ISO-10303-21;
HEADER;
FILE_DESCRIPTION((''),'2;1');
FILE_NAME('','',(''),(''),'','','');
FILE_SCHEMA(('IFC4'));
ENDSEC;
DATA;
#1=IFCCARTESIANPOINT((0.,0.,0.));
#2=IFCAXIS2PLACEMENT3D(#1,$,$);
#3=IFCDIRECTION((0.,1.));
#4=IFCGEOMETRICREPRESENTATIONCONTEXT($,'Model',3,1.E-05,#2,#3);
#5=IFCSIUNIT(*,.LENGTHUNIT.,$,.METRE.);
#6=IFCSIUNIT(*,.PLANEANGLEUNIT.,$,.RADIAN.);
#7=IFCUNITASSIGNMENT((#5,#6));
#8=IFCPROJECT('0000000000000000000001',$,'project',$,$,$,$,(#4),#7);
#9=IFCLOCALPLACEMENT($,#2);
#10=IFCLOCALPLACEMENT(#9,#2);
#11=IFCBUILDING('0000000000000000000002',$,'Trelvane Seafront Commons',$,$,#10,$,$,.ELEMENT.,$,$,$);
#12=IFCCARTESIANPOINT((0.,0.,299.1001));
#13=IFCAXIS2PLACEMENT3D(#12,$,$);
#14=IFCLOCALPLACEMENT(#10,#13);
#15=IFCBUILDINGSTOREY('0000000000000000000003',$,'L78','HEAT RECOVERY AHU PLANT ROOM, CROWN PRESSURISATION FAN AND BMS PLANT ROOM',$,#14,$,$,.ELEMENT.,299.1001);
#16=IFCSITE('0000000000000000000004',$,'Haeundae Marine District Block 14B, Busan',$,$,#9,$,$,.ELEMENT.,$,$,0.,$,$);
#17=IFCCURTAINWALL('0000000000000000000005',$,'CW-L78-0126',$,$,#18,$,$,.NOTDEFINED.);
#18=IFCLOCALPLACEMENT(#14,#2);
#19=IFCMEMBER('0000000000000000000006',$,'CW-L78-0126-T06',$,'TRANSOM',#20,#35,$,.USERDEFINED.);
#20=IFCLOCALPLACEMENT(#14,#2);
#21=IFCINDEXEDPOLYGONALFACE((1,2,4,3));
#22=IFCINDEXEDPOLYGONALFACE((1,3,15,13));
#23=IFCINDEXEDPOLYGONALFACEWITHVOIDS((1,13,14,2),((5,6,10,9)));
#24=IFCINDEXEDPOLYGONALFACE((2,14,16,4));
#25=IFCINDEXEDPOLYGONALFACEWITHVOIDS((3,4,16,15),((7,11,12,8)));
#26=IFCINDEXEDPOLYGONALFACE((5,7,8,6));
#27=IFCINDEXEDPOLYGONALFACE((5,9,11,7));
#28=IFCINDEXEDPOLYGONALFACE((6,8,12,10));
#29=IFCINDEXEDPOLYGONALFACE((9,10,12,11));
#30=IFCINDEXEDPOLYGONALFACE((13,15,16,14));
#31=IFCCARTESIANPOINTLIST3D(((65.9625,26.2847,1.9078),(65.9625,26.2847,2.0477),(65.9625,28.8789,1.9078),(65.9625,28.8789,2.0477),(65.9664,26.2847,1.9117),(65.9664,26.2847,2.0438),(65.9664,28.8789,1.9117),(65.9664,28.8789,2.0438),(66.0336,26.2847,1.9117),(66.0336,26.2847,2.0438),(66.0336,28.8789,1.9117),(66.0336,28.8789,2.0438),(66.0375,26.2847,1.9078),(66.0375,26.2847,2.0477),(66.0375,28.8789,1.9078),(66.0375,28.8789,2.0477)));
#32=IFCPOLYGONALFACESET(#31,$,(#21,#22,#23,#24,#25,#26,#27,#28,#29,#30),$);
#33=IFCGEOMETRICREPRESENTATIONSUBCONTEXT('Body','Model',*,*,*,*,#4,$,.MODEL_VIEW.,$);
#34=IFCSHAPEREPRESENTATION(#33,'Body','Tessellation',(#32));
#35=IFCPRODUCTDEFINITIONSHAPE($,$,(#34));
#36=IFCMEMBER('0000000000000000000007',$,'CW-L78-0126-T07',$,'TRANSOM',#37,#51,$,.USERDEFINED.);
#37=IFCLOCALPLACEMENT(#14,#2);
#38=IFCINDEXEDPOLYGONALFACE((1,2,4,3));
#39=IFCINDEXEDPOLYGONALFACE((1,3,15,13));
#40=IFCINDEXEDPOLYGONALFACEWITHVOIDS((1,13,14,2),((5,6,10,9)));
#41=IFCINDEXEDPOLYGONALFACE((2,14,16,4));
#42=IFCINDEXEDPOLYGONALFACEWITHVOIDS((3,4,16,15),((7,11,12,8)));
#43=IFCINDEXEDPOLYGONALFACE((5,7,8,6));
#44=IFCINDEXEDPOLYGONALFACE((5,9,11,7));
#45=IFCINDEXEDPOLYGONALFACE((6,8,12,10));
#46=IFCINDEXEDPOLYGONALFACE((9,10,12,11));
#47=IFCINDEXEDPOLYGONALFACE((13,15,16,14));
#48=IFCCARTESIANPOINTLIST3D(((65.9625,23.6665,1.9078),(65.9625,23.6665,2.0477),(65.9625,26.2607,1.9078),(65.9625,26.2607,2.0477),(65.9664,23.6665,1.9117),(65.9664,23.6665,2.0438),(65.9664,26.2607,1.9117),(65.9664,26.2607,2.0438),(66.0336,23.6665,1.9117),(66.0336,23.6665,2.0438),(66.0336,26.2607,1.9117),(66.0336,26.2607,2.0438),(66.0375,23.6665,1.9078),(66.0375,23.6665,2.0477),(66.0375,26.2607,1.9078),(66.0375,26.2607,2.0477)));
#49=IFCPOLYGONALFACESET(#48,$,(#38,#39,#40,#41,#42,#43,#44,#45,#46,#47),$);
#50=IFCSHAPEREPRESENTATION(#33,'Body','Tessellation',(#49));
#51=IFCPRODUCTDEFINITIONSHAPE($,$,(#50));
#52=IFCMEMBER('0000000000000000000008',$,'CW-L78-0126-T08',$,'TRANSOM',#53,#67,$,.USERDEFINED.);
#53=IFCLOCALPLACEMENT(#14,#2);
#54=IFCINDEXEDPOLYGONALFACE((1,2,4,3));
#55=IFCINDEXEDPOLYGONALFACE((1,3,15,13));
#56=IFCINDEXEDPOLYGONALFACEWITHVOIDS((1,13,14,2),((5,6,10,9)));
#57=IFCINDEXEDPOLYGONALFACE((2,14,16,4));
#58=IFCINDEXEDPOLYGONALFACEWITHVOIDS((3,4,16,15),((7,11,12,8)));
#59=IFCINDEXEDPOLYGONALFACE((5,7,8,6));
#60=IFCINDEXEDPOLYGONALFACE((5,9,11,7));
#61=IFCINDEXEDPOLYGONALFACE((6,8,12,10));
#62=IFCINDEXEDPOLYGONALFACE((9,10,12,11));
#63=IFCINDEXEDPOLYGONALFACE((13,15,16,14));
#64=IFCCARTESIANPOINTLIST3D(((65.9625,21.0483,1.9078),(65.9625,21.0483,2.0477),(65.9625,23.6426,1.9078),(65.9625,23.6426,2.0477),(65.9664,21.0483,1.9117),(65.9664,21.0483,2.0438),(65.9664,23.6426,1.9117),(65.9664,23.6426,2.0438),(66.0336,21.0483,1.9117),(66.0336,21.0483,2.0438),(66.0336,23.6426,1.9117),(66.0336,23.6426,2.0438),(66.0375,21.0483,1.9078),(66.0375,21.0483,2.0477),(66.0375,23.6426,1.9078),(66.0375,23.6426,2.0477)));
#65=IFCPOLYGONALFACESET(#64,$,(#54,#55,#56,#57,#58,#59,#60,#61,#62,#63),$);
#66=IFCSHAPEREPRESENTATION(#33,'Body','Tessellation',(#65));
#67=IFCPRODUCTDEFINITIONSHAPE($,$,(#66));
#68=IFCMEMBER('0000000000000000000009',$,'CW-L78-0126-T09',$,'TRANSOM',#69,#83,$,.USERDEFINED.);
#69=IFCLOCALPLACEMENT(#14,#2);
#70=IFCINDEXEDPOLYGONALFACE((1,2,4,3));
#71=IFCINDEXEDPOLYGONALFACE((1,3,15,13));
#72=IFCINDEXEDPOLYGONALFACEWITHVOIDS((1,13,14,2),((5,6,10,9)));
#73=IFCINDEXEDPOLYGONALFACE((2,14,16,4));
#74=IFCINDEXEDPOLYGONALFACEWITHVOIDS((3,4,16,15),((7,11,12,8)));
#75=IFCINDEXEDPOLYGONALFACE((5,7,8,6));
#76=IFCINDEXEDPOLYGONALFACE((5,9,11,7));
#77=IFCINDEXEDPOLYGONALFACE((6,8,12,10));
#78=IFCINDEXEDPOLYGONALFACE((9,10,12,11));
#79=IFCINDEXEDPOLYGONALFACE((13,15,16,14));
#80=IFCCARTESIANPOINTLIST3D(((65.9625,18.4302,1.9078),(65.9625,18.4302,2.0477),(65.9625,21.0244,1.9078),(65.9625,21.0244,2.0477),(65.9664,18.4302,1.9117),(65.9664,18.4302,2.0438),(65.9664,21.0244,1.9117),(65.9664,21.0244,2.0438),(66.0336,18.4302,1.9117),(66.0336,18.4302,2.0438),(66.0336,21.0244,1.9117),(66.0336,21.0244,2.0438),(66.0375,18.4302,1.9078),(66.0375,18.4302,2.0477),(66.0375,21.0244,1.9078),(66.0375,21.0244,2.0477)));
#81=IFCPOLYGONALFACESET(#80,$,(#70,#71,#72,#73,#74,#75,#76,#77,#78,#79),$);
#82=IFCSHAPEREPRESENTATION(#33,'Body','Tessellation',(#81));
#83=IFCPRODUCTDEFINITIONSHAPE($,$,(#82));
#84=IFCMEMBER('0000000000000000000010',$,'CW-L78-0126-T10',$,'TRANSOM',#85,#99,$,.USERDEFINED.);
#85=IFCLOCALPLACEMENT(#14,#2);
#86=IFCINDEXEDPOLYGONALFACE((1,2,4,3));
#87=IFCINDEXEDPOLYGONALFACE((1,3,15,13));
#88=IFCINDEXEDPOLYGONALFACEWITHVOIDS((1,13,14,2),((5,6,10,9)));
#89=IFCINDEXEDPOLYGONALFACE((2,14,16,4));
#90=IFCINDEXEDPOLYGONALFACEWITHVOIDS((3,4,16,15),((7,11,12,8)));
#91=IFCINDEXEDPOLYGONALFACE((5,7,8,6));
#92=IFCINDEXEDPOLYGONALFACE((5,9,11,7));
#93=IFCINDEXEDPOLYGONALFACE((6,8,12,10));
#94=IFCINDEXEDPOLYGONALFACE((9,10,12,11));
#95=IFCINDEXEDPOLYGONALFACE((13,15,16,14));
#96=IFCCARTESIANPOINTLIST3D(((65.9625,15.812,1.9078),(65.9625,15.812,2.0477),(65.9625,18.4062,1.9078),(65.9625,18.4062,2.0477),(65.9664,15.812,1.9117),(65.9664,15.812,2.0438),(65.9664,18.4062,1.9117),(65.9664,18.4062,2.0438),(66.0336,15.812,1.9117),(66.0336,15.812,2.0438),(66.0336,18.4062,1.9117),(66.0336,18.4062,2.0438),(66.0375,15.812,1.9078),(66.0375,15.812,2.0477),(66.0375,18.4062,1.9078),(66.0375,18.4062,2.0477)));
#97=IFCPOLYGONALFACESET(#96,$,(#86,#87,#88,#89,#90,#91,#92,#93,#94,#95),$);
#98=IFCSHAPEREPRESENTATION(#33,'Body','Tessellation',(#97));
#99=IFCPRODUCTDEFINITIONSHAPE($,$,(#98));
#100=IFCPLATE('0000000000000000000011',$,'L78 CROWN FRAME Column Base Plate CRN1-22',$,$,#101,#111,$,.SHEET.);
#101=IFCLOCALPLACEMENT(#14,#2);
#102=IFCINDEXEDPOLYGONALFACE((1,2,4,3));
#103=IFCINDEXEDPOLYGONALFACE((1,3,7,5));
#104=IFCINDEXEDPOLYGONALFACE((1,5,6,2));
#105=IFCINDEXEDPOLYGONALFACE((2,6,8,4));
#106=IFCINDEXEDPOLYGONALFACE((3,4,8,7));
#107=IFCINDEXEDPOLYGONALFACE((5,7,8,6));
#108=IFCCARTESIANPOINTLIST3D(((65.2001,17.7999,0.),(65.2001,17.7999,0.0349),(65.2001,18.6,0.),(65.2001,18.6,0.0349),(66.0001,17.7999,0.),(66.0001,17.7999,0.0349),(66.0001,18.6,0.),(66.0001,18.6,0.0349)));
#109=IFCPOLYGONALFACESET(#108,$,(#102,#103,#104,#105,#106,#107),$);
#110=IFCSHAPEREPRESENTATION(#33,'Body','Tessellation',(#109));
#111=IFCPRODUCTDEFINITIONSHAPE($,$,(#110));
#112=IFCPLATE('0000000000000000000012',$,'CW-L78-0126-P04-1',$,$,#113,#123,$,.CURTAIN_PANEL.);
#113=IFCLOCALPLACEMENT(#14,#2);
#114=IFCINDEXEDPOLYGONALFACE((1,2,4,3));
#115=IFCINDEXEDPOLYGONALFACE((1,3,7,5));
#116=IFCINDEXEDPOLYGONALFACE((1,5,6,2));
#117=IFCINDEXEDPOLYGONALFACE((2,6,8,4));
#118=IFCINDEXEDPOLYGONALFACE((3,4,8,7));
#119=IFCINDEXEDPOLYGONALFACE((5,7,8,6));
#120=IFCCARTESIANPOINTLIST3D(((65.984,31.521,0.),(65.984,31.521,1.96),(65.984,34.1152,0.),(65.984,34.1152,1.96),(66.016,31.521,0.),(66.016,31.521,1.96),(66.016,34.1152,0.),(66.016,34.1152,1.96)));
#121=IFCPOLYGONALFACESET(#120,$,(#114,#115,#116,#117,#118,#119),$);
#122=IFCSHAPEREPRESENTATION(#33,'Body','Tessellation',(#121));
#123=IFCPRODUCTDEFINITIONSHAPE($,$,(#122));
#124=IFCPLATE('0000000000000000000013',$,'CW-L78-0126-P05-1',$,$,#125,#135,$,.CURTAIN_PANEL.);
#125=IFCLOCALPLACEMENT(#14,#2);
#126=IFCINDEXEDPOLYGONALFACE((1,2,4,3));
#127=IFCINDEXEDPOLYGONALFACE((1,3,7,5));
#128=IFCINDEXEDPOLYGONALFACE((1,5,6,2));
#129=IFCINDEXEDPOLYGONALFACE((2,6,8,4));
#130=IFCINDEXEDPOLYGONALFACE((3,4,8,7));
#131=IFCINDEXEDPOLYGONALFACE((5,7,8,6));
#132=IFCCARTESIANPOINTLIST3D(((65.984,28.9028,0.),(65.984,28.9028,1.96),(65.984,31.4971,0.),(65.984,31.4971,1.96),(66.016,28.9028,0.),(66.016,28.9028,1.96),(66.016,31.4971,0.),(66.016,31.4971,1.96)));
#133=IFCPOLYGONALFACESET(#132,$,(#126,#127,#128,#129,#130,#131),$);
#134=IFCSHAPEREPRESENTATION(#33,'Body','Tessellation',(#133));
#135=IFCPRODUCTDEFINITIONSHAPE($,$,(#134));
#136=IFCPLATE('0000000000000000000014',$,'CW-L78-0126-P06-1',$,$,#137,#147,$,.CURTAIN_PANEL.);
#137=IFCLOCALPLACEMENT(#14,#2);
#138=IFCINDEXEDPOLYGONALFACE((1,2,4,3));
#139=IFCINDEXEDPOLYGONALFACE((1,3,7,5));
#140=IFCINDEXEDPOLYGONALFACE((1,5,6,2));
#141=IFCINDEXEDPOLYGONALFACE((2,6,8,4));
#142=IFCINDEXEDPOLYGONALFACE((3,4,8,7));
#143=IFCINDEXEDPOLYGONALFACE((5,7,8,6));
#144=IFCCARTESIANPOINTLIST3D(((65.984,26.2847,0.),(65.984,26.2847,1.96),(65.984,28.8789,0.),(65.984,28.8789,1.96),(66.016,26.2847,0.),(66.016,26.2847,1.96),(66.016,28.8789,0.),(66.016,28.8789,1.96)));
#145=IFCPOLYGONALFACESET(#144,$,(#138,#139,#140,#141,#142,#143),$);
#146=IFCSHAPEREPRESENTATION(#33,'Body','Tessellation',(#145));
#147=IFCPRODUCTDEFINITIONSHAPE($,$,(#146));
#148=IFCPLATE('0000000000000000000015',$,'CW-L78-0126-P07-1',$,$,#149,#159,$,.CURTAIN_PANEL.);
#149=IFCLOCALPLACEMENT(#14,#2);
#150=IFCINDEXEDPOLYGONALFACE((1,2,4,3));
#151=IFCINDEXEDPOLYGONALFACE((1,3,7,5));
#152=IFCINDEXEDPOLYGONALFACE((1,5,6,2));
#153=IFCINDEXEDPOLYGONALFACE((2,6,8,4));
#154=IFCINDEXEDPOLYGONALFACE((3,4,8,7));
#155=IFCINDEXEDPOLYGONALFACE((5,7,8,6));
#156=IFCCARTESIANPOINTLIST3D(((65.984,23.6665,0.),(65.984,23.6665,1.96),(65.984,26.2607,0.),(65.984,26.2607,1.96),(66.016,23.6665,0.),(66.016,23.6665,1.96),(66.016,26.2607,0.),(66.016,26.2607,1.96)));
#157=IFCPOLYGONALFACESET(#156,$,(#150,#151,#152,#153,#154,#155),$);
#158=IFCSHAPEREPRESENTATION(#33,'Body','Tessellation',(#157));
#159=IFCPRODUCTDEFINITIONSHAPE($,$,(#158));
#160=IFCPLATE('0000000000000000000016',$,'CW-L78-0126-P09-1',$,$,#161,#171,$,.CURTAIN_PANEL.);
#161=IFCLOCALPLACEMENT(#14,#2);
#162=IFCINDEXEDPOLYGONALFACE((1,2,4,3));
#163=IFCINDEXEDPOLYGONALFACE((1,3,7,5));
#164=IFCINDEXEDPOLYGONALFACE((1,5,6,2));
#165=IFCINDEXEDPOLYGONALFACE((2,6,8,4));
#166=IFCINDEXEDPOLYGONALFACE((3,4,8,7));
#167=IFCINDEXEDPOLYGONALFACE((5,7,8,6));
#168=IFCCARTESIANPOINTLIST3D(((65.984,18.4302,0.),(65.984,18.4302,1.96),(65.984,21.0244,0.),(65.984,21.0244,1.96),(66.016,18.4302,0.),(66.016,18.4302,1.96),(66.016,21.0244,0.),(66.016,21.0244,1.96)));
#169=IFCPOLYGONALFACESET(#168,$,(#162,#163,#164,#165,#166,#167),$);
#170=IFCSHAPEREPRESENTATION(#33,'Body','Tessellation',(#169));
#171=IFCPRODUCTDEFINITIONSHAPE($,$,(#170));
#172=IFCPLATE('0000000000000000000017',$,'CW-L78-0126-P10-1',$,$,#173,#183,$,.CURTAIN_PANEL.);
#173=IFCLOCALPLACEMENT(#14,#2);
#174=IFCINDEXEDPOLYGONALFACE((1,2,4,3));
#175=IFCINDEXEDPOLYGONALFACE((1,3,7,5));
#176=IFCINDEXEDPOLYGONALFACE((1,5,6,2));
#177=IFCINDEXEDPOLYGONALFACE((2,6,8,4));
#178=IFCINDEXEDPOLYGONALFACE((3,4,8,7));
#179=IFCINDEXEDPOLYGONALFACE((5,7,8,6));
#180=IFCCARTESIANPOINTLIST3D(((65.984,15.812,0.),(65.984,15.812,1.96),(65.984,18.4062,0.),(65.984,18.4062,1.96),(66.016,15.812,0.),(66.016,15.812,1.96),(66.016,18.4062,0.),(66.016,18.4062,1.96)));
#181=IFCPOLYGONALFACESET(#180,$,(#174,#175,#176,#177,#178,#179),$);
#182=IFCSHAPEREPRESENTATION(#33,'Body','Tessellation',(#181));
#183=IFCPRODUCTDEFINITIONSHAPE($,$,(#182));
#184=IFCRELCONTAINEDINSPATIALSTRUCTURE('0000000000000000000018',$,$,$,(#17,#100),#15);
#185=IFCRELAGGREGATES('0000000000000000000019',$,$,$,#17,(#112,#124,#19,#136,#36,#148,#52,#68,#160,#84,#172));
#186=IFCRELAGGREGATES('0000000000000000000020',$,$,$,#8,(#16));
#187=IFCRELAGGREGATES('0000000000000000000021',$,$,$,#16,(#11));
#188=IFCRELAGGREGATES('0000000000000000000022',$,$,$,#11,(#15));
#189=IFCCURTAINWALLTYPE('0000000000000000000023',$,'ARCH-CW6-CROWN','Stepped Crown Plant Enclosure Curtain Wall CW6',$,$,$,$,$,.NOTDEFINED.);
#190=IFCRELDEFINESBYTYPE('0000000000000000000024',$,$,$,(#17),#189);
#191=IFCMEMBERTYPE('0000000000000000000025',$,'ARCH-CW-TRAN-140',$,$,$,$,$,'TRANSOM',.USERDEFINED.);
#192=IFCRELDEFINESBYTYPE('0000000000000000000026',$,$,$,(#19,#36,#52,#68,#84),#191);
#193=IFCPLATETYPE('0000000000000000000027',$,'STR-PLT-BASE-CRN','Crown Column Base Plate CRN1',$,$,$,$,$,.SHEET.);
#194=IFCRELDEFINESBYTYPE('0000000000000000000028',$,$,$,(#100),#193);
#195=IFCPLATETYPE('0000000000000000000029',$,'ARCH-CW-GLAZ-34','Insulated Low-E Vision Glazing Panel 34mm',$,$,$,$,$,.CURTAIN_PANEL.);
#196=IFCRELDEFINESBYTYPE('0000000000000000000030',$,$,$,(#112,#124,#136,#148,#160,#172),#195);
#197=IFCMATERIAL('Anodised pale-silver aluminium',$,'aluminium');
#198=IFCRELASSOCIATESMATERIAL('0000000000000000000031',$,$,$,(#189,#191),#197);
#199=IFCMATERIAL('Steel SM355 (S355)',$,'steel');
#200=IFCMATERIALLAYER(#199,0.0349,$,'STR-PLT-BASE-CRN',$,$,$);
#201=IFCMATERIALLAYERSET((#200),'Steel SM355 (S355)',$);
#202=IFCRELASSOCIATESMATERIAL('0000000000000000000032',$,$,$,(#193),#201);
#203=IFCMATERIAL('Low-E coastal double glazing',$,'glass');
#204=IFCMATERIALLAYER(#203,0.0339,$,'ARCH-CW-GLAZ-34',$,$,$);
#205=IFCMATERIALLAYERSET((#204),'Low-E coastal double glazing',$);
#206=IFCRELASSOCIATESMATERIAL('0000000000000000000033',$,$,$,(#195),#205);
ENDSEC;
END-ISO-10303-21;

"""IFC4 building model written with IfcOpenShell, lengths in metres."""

from ifc_helpers import new_model, si_unit, direction, frame, origin, origin_2d, place, context, subcontext, project, spatial, rectangle, hollow_rectangle, extrude, source, transform, mapped, material, layer, layer_set, material_profile, profile_set, type_object, element, aggregate, save


model = new_model("IFC4")

# Units and contexts
model_context = context("Model", 3, precision=1e-05, world=origin(), true_north=direction((0.0, 1.0)))
body_context = subcontext(model_context, "Body", "Model", "MODEL_VIEW")
ifc_project = project(units=[si_unit("LENGTHUNIT", "METRE"), si_unit("PLANEANGLEUNIT", "RADIAN")], contexts=[model_context])

# Site, building, storey
site_placement = place(None, origin())
site = spatial("IfcSite", under=ifc_project, at=site_placement, Name="Haeundae Marine District Block 14B, Busan", CompositionType="ELEMENT", RefElevation=0.0)
building_placement = place(site_placement, origin())
building = spatial("IfcBuilding", under=site, at=building_placement, Name="Trelvane Seafront Commons", CompositionType="ELEMENT")
storey_placement = place(building_placement, frame((0.0, 0.0, 299.1001)))
storey = spatial("IfcBuildingStorey", under=building, at=storey_placement, Name="L78", Description="HEAT RECOVERY AHU PLANT ROOM, CROWN PRESSURISATION FAN AND BMS PLANT ROOM", CompositionType="ELEMENT", Elevation=299.1001)

# Shared definitions
ifc_material_1 = material(Name="Steel SM355 (S355)", Category="steel")

# Curtain wall, members
ifc_material_2 = material(Name="Anodised pale-silver aluminium", Category="aluminium")
curtain_wall_type = type_object("IfcCurtainWallType", Name="ARCH-CW6-CROWN", Description="Stepped Crown Plant Enclosure Curtain Wall CW6", PredefinedType="NOTDEFINED", material=ifc_material_2)
curtain_wall_placement = place(storey_placement, origin())
curtain_wall = element("IfcCurtainWall", 1, at=curtain_wall_placement, inside=storey, type_object=curtain_wall_type, Name="CW-L78-0126", PredefinedType="NOTDEFINED")
ifc_material_profile_1 = material_profile(ifc_material_2, hollow_rectangle(XDim=0.075, YDim=0.1399, WallThickness=0.0039, at=origin_2d()), Name="TRAN-75x140x4")
ifc_profile_set_1 = profile_set([ifc_material_profile_1], Name="Anodised pale-silver aluminium")
member_type_1 = type_object("IfcMemberType", Name="ARCH-CW-TRAN-140", ElementType="TRANSOM", PredefinedType="USERDEFINED", material=ifc_profile_set_1)
shared_shape_1 = source(origin(), body_context, "Body", "SweptSolid", [
    extrude(hollow_rectangle(XDim=0.075, YDim=0.1399, WallThickness=0.0039, at=origin_2d()), origin(), (0.0, 0.0, 1.0), 2.5942),
])
member_1_placement = place(storey_placement, frame((66.0, 28.8789, 1.9778), z_axis=(0.0, -1.0, 0.0), x_axis=(1.0, 0.0, 0.0)))
member_1 = element("IfcMember", 2, at=member_1_placement, type_object=member_type_1, Name="CW-L78-0126-T06", ObjectType="TRANSOM", PredefinedType="USERDEFINED", context=body_context, shape_type="MappedRepresentation", body=[
    mapped(shared_shape_1, transform((0.0, 0.0, 0.0), x_axis=(1.0, 0.0, 0.0), y_axis=(0.0, 1.0, 0.0), z_axis=(0.0, 0.0, 1.0), scale=1.0)),
])
member_2_placement = place(storey_placement, frame((66.0, 26.2607, 1.9778), z_axis=(0.0, -1.0, 0.0), x_axis=(1.0, 0.0, 0.0)))
member_2 = element("IfcMember", 3, at=member_2_placement, type_object=member_type_1, Name="CW-L78-0126-T07", ObjectType="TRANSOM", PredefinedType="USERDEFINED", context=body_context, shape_type="MappedRepresentation", body=[
    mapped(shared_shape_1, transform((0.0, 0.0, 0.0), x_axis=(1.0, 0.0, 0.0), y_axis=(0.0, 1.0, 0.0), z_axis=(0.0, 0.0, 1.0), scale=1.0)),
])
member_3_placement = place(storey_placement, frame((66.0, 23.6426, 1.9778), z_axis=(0.0, -1.0, 0.0), x_axis=(1.0, 0.0, 0.0)))
member_3 = element("IfcMember", 4, at=member_3_placement, type_object=member_type_1, Name="CW-L78-0126-T08", ObjectType="TRANSOM", PredefinedType="USERDEFINED", context=body_context, shape_type="MappedRepresentation", body=[
    mapped(shared_shape_1, transform((0.0, 0.0, 0.0), x_axis=(1.0, 0.0, 0.0), y_axis=(0.0, 1.0, 0.0), z_axis=(0.0, 0.0, 1.0), scale=1.0)),
])
member_4_placement = place(storey_placement, frame((66.0, 21.0244, 1.9778), z_axis=(0.0, -1.0, 0.0), x_axis=(1.0, 0.0, 0.0)))
member_4 = element("IfcMember", 5, at=member_4_placement, type_object=member_type_1, Name="CW-L78-0126-T09", ObjectType="TRANSOM", PredefinedType="USERDEFINED", context=body_context, shape_type="MappedRepresentation", body=[
    mapped(shared_shape_1, transform((0.0, 0.0, 0.0), x_axis=(1.0, 0.0, 0.0), y_axis=(0.0, 1.0, 0.0), z_axis=(0.0, 0.0, 1.0), scale=1.0)),
])
member_5_placement = place(storey_placement, frame((66.0, 18.4062, 1.9778), z_axis=(0.0, -1.0, 0.0), x_axis=(1.0, 0.0, 0.0)))
member_5 = element("IfcMember", 6, at=member_5_placement, type_object=member_type_1, Name="CW-L78-0126-T10", ObjectType="TRANSOM", PredefinedType="USERDEFINED", context=body_context, shape_type="MappedRepresentation", body=[
    mapped(shared_shape_1, transform((0.0, 0.0, 0.0), x_axis=(1.0, 0.0, 0.0), y_axis=(0.0, 1.0, 0.0), z_axis=(0.0, 0.0, 1.0), scale=1.0)),
])

# Plates
ifc_layer_1 = layer(ifc_material_1, 0.0349, Name="STR-PLT-BASE-CRN")
ifc_layer_set_1 = layer_set([ifc_layer_1], Name="Steel SM355 (S355)")
plate_type_1 = type_object("IfcPlateType", Name="STR-PLT-BASE-CRN", Description="Crown Column Base Plate CRN1", PredefinedType="SHEET", material=ifc_layer_set_1)
shared_shape_2 = source(origin(), body_context, "Body", "SweptSolid", [
    extrude(rectangle(XDim=0.8, YDim=0.8, at=origin_2d()), origin(), (0.0, 0.0, 1.0), 0.0349),
])
plate_1_placement = place(storey_placement, frame((65.6001, 18.2, 0.0), z_axis=(0.0, 0.0, 1.0), x_axis=(1.0, 0.0, 0.0)))
element("IfcPlate", 7, at=plate_1_placement, inside=storey, type_object=plate_type_1, Name="L78 CROWN FRAME Column Base Plate CRN1-22", PredefinedType="SHEET", context=body_context, shape_type="MappedRepresentation", body=[
    mapped(shared_shape_2, transform((0.0, 0.0, 0.0), x_axis=(1.0, 0.0, 0.0), y_axis=(0.0, 1.0, 0.0), z_axis=(0.0, 0.0, 1.0), scale=1.0)),
])
ifc_material_3 = material(Name="Low-E coastal double glazing", Category="glass")
ifc_layer_2 = layer(ifc_material_3, 0.0339, Name="ARCH-CW-GLAZ-34")
ifc_layer_set_2 = layer_set([ifc_layer_2], Name="Low-E coastal double glazing")
plate_type_2 = type_object("IfcPlateType", Name="ARCH-CW-GLAZ-34", Description="Insulated Low-E Vision Glazing Panel 34mm", PredefinedType="CURTAIN_PANEL", material=ifc_layer_set_2)
shared_shape_3 = source(origin(), body_context, "Body", "SweptSolid", [
    extrude(rectangle(XDim=2.5942, YDim=0.032, at=origin_2d()), origin(), (0.0, 0.0, 1.0), 1.96),
])
plate_2_placement = place(storey_placement, frame((66.0, 32.8181, 0.0), z_axis=(0.0, 0.0, 1.0), x_axis=(0.0, -1.0, 0.0)))
plate_2 = element("IfcPlate", 8, at=plate_2_placement, type_object=plate_type_2, Name="CW-L78-0126-P04-1", PredefinedType="CURTAIN_PANEL", context=body_context, shape_type="MappedRepresentation", body=[
    mapped(shared_shape_3, transform((0.0, 0.0, 0.0), x_axis=(1.0, 0.0, 0.0), y_axis=(0.0, 1.0, 0.0), z_axis=(0.0, 0.0, 1.0), scale=1.0)),
])
plate_3_placement = place(storey_placement, frame((66.0, 30.2, 0.0), z_axis=(0.0, 0.0, 1.0), x_axis=(0.0, -1.0, 0.0)))
plate_3 = element("IfcPlate", 9, at=plate_3_placement, type_object=plate_type_2, Name="CW-L78-0126-P05-1", PredefinedType="CURTAIN_PANEL", context=body_context, shape_type="MappedRepresentation", body=[
    mapped(shared_shape_3, transform((0.0, 0.0, 0.0), x_axis=(1.0, 0.0, 0.0), y_axis=(0.0, 1.0, 0.0), z_axis=(0.0, 0.0, 1.0), scale=1.0)),
])
plate_4_placement = place(storey_placement, frame((66.0, 27.5818, 0.0), z_axis=(0.0, 0.0, 1.0), x_axis=(0.0, -1.0, 0.0)))
plate_4 = element("IfcPlate", 10, at=plate_4_placement, type_object=plate_type_2, Name="CW-L78-0126-P06-1", PredefinedType="CURTAIN_PANEL", context=body_context, shape_type="MappedRepresentation", body=[
    mapped(shared_shape_3, transform((0.0, 0.0, 0.0), x_axis=(1.0, 0.0, 0.0), y_axis=(0.0, 1.0, 0.0), z_axis=(0.0, 0.0, 1.0), scale=1.0)),
])
plate_5_placement = place(storey_placement, frame((66.0, 24.9636, 0.0), z_axis=(0.0, 0.0, 1.0), x_axis=(0.0, -1.0, 0.0)))
plate_5 = element("IfcPlate", 11, at=plate_5_placement, type_object=plate_type_2, Name="CW-L78-0126-P07-1", PredefinedType="CURTAIN_PANEL", context=body_context, shape_type="MappedRepresentation", body=[
    mapped(shared_shape_3, transform((0.0, 0.0, 0.0), x_axis=(1.0, 0.0, 0.0), y_axis=(0.0, 1.0, 0.0), z_axis=(0.0, 0.0, 1.0), scale=1.0)),
])
plate_6_placement = place(storey_placement, frame((66.0, 19.7273, 0.0), z_axis=(0.0, 0.0, 1.0), x_axis=(0.0, -1.0, 0.0)))
plate_6 = element("IfcPlate", 12, at=plate_6_placement, type_object=plate_type_2, Name="CW-L78-0126-P09-1", PredefinedType="CURTAIN_PANEL", context=body_context, shape_type="MappedRepresentation", body=[
    mapped(shared_shape_3, transform((0.0, 0.0, 0.0), x_axis=(1.0, 0.0, 0.0), y_axis=(0.0, 1.0, 0.0), z_axis=(0.0, 0.0, 1.0), scale=1.0)),
])
plate_7_placement = place(storey_placement, frame((66.0, 17.1091, 0.0), z_axis=(0.0, 0.0, 1.0), x_axis=(0.0, -1.0, 0.0)))
plate_7 = element("IfcPlate", 13, at=plate_7_placement, type_object=plate_type_2, Name="CW-L78-0126-P10-1", PredefinedType="CURTAIN_PANEL", context=body_context, shape_type="MappedRepresentation", body=[
    mapped(shared_shape_3, transform((0.0, 0.0, 0.0), x_axis=(1.0, 0.0, 0.0), y_axis=(0.0, 1.0, 0.0), z_axis=(0.0, 0.0, 1.0), scale=1.0)),
])
aggregate(curtain_wall, [plate_2, plate_3, member_1, plate_4, member_2, plate_5, member_3, member_4, plate_6, member_5, plate_7])

save(model, "model.ifc")
